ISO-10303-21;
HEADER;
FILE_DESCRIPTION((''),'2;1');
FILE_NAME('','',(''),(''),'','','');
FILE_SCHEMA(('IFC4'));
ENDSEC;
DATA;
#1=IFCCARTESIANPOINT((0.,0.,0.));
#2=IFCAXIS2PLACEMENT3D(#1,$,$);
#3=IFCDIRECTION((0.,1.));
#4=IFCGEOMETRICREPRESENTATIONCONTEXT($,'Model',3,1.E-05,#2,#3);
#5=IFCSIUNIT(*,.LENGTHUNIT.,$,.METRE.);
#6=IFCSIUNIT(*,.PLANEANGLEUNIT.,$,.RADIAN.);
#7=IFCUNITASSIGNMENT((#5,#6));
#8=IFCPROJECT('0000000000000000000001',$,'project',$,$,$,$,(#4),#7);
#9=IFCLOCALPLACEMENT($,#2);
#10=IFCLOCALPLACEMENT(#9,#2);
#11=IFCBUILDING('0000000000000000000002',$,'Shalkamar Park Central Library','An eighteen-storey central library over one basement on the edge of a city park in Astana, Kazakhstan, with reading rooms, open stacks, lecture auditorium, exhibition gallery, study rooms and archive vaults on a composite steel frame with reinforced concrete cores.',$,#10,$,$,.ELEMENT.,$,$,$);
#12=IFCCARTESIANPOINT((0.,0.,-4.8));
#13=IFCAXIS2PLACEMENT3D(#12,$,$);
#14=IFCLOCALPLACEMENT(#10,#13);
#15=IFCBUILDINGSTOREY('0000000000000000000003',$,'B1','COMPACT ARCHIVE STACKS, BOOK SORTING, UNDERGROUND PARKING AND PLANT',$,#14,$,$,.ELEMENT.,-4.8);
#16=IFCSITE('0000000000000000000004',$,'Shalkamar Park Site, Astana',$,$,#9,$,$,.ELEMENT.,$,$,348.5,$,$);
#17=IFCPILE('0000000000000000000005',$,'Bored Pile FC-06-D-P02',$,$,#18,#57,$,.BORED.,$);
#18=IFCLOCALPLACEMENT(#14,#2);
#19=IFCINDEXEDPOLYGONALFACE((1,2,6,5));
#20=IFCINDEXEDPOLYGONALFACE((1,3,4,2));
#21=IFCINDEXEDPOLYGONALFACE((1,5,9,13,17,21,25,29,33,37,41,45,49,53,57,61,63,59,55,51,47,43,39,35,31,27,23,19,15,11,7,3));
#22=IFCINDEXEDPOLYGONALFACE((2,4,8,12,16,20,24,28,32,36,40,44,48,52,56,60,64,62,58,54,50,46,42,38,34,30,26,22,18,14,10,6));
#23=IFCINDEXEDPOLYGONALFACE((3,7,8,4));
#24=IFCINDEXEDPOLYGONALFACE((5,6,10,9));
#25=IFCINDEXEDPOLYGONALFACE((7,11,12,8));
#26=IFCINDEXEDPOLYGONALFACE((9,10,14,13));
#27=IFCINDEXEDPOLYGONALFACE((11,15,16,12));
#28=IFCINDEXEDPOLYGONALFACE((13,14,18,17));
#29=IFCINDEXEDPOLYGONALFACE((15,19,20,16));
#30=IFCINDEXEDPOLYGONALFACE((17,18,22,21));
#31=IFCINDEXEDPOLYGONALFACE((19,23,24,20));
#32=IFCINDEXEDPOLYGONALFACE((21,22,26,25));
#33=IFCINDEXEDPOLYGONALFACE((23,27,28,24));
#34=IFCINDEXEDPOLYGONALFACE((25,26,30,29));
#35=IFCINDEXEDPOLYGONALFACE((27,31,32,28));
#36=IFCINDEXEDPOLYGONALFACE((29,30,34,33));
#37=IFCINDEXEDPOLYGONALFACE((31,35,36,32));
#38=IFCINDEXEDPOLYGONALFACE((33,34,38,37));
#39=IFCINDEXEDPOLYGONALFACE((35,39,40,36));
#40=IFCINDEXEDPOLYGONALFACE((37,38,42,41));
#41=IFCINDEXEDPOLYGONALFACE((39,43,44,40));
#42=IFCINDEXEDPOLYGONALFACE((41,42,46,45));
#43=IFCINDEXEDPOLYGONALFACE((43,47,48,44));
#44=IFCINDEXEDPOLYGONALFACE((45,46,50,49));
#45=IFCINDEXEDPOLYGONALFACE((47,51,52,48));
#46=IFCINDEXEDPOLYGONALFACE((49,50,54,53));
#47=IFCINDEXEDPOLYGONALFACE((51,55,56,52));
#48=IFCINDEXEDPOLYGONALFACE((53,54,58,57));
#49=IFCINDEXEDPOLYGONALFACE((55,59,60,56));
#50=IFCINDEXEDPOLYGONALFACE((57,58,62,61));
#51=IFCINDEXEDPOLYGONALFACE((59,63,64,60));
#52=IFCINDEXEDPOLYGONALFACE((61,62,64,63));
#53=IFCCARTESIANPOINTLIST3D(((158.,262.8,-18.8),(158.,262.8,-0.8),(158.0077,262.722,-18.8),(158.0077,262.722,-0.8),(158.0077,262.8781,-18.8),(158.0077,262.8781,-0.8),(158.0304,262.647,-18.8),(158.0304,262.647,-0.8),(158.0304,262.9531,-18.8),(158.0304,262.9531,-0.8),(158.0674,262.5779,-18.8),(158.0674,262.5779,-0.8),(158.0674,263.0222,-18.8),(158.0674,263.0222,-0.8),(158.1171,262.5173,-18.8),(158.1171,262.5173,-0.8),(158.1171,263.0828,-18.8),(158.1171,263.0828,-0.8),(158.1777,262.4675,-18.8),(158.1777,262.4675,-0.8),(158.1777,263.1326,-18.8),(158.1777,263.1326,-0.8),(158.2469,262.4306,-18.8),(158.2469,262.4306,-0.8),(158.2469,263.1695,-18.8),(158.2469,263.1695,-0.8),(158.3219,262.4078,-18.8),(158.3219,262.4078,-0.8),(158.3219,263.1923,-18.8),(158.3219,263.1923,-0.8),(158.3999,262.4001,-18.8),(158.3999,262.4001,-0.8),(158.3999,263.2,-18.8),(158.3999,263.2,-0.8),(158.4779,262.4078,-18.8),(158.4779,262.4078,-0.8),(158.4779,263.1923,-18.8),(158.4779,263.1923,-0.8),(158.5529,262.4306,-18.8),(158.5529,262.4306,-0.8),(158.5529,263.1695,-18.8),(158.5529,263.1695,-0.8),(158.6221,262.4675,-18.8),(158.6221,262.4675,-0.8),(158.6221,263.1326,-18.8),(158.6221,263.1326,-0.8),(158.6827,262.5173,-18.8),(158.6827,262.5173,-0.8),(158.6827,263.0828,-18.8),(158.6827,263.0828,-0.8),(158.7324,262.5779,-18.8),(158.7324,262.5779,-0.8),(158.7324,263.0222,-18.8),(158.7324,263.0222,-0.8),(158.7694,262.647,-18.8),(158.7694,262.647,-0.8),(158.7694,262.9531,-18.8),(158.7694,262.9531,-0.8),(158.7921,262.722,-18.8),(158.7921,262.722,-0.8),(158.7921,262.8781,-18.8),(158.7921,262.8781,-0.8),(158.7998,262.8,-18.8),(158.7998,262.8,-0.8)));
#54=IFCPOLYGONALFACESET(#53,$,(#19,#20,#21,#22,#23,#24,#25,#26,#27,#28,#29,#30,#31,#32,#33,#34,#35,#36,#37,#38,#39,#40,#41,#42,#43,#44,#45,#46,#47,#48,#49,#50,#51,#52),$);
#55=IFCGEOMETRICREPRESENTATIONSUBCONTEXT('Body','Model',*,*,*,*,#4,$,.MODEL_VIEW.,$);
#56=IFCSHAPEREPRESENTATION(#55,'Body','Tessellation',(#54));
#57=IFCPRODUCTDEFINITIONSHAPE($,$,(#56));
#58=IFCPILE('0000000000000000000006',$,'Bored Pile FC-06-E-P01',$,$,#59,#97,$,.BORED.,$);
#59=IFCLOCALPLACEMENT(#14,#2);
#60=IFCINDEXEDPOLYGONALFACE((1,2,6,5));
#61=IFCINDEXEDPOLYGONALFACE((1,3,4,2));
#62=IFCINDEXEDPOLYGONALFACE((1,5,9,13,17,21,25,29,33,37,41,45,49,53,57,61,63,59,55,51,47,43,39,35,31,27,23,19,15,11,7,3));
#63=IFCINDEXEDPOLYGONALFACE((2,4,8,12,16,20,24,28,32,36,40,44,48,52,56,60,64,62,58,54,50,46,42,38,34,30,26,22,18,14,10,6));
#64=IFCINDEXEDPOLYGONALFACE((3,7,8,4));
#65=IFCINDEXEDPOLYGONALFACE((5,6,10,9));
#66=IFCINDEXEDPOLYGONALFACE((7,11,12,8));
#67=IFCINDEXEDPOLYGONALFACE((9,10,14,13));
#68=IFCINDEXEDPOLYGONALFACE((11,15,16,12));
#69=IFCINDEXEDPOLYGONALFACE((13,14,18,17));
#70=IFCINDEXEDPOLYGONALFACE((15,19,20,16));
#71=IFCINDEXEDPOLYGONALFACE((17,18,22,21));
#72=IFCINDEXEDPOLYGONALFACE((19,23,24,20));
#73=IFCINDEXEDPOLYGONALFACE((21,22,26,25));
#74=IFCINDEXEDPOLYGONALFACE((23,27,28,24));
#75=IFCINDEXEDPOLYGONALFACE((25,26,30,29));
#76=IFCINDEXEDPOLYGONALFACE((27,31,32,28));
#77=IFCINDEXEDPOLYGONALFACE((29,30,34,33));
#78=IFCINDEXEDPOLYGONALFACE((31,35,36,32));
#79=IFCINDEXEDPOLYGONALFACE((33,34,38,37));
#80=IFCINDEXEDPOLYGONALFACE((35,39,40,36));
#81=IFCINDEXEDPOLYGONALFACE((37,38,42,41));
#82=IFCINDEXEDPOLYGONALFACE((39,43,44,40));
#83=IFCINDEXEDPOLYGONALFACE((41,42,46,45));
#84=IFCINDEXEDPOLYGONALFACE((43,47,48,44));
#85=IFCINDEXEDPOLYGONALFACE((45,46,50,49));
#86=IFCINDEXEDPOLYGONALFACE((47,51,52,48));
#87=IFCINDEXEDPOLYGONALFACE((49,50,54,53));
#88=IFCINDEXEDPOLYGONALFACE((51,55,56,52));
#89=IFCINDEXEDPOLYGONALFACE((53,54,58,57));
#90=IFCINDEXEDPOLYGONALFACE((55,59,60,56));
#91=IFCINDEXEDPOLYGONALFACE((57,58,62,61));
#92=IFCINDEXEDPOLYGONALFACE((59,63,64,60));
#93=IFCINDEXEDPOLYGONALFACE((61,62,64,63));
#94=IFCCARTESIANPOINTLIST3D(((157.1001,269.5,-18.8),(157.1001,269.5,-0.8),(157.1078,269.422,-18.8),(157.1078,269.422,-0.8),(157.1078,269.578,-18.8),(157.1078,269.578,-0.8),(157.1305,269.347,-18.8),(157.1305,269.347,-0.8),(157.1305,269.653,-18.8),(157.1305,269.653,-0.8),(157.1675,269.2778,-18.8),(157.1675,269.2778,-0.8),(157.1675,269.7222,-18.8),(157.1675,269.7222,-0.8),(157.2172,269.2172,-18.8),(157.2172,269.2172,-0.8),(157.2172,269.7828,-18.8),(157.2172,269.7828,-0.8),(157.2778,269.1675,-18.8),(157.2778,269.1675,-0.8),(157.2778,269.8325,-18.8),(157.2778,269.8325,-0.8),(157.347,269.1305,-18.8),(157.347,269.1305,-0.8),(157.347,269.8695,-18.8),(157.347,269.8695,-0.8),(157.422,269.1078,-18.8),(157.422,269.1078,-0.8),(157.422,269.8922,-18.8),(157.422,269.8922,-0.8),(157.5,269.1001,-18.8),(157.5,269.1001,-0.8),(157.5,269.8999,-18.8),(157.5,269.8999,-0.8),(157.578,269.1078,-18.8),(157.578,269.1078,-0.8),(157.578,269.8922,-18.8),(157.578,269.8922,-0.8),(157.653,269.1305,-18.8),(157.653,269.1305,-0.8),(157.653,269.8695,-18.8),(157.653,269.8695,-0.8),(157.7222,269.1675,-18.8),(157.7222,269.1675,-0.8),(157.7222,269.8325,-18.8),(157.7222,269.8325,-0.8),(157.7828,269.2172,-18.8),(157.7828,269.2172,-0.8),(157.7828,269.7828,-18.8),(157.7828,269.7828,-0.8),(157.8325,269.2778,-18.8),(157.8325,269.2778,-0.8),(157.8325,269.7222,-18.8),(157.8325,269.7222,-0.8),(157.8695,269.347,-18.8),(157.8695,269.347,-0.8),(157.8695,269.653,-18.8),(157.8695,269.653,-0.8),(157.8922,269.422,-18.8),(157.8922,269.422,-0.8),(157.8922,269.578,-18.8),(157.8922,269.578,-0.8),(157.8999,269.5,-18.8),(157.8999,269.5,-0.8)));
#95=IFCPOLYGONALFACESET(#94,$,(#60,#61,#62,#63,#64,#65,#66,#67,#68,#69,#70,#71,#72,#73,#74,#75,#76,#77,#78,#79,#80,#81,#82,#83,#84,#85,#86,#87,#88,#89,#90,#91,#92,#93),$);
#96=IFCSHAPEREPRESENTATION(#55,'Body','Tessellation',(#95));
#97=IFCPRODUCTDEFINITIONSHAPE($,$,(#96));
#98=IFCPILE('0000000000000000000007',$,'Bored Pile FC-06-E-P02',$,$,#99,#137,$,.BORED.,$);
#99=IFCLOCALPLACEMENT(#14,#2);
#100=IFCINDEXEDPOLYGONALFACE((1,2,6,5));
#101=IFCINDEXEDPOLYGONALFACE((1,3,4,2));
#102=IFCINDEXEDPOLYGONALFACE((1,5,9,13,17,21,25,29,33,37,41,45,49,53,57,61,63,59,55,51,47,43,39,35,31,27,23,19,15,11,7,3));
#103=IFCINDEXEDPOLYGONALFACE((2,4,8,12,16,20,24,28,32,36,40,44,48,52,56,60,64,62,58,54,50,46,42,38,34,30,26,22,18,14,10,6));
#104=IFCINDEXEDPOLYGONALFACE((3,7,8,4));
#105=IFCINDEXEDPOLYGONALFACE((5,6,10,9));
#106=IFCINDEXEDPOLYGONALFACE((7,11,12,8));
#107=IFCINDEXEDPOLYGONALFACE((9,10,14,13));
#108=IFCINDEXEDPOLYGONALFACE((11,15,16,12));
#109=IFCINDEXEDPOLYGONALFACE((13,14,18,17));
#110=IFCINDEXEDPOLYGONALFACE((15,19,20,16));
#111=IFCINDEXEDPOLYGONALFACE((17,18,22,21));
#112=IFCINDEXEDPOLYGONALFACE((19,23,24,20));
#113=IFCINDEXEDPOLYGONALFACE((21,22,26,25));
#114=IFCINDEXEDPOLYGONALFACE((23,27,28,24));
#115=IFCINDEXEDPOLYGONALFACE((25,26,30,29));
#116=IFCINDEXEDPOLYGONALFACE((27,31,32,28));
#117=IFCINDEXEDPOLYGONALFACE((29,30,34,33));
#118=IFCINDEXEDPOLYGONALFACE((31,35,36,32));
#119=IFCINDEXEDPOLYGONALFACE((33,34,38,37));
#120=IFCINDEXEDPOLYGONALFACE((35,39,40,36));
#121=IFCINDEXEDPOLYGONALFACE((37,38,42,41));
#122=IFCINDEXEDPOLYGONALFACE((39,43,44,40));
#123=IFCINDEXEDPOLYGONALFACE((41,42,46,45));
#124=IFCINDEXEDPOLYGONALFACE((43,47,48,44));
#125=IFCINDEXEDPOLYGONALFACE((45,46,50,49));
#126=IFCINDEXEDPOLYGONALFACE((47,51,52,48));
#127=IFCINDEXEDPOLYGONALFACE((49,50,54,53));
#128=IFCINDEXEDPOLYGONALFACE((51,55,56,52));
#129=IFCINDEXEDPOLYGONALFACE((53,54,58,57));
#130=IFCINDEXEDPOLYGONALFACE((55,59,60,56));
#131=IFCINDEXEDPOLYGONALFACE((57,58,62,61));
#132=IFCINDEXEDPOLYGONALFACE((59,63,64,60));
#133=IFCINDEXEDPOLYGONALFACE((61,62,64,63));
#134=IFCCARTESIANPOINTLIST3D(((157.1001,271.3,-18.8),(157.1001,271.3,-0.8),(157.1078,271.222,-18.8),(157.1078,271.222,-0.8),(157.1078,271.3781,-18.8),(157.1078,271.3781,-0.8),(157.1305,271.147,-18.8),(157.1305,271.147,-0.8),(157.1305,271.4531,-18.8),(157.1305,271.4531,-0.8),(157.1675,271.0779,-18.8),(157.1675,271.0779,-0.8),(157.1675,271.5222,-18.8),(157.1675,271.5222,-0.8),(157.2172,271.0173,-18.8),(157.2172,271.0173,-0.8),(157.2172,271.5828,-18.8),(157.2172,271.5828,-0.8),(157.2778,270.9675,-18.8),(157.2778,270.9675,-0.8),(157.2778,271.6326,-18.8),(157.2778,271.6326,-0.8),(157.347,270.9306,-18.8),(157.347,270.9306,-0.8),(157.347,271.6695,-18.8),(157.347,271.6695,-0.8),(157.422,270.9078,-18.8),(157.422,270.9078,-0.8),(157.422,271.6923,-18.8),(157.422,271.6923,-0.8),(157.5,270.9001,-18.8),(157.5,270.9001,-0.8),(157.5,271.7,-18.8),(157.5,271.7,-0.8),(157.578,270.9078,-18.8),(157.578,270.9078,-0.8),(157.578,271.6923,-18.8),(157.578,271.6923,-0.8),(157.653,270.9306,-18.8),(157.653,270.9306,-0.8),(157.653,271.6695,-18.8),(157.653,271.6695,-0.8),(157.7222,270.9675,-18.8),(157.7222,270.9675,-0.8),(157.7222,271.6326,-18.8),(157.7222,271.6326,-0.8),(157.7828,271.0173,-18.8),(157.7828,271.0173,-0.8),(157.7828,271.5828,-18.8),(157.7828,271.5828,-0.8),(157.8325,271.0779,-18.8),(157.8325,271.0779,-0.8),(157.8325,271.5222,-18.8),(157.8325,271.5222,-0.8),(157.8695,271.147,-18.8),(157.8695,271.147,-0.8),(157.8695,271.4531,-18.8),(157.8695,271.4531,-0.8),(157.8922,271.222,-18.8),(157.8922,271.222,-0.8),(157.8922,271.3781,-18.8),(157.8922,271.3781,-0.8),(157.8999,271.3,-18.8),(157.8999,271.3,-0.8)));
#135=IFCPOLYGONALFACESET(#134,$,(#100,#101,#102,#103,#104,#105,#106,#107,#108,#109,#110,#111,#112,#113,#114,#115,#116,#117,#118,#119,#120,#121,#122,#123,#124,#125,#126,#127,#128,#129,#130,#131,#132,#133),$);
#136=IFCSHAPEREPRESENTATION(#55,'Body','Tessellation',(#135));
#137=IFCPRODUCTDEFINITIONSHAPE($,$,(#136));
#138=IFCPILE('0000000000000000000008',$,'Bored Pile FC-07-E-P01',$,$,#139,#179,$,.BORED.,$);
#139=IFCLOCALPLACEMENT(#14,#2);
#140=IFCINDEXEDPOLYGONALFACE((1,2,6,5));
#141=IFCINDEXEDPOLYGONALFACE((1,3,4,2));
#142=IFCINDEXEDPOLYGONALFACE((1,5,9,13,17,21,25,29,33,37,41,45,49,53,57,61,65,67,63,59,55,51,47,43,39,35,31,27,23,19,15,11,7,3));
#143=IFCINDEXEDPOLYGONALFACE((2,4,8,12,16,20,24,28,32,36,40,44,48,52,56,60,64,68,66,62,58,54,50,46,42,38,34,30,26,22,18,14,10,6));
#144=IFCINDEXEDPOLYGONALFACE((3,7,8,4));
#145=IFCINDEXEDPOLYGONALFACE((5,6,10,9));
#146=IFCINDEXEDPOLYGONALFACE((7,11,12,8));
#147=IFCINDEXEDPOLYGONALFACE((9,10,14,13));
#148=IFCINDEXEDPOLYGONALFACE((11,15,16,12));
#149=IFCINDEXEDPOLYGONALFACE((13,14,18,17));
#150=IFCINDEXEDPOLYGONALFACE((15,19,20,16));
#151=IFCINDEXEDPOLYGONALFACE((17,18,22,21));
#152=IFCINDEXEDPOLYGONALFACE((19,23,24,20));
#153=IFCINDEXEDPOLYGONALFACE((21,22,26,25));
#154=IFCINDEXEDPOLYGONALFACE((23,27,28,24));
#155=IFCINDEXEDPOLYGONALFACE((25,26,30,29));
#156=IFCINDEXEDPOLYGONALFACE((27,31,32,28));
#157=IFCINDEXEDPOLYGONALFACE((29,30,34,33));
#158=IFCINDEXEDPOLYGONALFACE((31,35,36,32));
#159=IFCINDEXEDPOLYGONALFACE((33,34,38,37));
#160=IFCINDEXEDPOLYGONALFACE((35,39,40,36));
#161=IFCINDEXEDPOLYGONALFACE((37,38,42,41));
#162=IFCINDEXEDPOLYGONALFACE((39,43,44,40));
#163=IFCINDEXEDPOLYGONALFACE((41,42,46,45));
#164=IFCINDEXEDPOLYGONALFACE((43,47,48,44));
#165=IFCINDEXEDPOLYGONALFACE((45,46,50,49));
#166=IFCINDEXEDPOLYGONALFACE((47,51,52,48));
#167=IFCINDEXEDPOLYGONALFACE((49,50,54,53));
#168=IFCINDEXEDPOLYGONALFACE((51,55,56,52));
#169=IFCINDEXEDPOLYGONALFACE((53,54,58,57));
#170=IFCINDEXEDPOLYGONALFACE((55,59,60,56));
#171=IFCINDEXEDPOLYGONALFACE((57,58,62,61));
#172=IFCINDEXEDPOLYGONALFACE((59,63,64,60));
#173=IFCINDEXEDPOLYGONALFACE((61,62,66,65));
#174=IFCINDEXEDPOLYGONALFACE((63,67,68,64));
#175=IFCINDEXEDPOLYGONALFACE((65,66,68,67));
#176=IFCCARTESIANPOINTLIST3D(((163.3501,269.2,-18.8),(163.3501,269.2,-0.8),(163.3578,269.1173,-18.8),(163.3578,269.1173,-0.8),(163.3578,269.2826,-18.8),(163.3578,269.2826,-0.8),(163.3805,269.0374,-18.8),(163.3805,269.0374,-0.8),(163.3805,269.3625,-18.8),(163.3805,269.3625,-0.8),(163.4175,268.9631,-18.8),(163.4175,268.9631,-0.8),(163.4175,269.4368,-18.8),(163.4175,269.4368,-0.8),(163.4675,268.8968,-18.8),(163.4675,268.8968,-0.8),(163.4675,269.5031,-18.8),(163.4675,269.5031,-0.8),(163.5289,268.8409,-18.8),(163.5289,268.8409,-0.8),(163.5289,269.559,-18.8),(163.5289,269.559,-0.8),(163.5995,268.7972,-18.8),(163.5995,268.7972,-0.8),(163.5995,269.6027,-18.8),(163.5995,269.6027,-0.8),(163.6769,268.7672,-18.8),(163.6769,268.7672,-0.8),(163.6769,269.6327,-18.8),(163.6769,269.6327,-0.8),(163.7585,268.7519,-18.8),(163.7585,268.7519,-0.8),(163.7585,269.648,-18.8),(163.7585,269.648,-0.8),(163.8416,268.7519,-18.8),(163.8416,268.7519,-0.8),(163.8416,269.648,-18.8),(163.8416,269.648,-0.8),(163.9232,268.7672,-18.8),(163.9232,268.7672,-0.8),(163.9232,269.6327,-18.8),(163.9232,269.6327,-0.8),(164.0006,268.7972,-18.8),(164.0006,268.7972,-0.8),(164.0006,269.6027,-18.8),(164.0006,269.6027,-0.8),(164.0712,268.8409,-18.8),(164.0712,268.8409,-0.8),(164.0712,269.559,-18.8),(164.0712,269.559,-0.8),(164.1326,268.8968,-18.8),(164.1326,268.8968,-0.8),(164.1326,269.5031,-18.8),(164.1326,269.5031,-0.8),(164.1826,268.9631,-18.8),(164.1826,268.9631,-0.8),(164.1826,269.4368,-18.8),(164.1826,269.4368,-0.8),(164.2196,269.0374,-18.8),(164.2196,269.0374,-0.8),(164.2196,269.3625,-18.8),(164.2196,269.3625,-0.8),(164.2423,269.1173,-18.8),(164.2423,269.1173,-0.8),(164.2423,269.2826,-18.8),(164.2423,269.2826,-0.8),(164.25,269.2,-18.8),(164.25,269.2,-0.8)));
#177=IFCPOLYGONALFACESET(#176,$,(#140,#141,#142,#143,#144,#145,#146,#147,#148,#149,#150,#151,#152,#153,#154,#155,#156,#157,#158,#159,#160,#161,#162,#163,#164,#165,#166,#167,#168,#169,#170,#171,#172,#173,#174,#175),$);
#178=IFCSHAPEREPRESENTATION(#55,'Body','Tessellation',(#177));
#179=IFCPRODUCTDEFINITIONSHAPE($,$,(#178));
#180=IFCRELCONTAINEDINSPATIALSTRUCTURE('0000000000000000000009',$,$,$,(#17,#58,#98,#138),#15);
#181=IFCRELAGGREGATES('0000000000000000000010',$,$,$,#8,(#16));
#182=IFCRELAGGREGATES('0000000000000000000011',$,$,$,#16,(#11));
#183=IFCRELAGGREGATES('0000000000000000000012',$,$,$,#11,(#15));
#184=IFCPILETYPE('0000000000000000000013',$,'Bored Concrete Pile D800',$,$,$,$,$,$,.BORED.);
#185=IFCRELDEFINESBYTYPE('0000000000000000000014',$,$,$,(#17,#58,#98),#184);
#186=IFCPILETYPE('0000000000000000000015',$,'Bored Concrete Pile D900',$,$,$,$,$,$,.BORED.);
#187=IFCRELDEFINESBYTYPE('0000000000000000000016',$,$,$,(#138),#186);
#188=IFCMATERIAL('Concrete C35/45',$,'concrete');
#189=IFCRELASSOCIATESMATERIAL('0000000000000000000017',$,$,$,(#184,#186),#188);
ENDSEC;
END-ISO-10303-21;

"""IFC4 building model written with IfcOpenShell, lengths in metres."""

from ifc_helpers import new_model, si_unit, direction, frame, origin, origin_2d, place, context, subcontext, project, spatial, circle, extrude, material, material_profile, profile_set, type_object, element, save


model = new_model("IFC4")

# Units and contexts
model_context = context("Model", 3, precision=1e-05, world=origin(), true_north=direction((0.0, 1.0)))
body_context = subcontext(model_context, "Body", "Model", "MODEL_VIEW")
ifc_project = project(units=[si_unit("LENGTHUNIT", "METRE"), si_unit("PLANEANGLEUNIT", "RADIAN")], contexts=[model_context])

# Site, building, storey
site_placement = place(None, origin())
site = spatial("IfcSite", under=ifc_project, at=site_placement, Name="Shalkamar Park Site, Astana", CompositionType="ELEMENT", RefElevation=348.5)
building_placement = place(site_placement, origin())
building = spatial("IfcBuilding", under=site, at=building_placement, Name="Shalkamar Park Central Library", Description="An eighteen-storey central library over one basement on the edge of a city park in Astana, Kazakhstan, with reading rooms, open stacks, lecture auditorium, exhibition gallery, study rooms and archive vaults on a composite steel frame with reinforced concrete cores.", CompositionType="ELEMENT")
storey_placement = place(building_placement, frame((0.0, 0.0, -4.8)))
storey = spatial("IfcBuildingStorey", under=building, at=storey_placement, Name="B1", Description="COMPACT ARCHIVE STACKS, BOOK SORTING, UNDERGROUND PARKING AND PLANT", CompositionType="ELEMENT", Elevation=-4.8)

# Piles
ifc_material_1 = material(Name="Concrete C35/45", Category="concrete")
ifc_material_profile_1 = material_profile(ifc_material_1, circle(Radius=0.3999, at=origin_2d()), Name="PILE D800")
ifc_profile_set_1 = profile_set([ifc_material_profile_1], Name="Concrete C35/45")
pile_type_1 = type_object("IfcPileType", Name="Bored Concrete Pile D800", PredefinedType="BORED", material=ifc_profile_set_1)
for number, where, z_axis, x_axis, name in (
    (1, (158.3999, 262.8, -0.8), (0.0, 0.0, -1.0), (1.0, 0.0, 0.0), "Bored Pile FC-06-D-P02"),
    (2, (157.5, 269.5, -0.8), (0.0, 0.0, -1.0), (1.0, 0.0, 0.0), "Bored Pile FC-06-E-P01"),
    (3, (157.5, 271.3, -0.8), (0.0, 0.0, -1.0), (1.0, 0.0, 0.0), "Bored Pile FC-06-E-P02"),
):
    element("IfcPile", number, at=place(storey_placement, frame(where, z_axis=z_axis, x_axis=x_axis)), inside=storey, type_object=pile_type_1, Name=name, PredefinedType="BORED", context=body_context, shape_type="SweptSolid", body=[
        extrude(circle(Radius=0.3999, at=origin_2d()), origin(), (0.0, 0.0, 1.0), 18.0),
    ])
ifc_material_profile_2 = material_profile(ifc_material_1, circle(Radius=0.45, at=origin_2d()), Name="PILE D900")
ifc_profile_set_2 = profile_set([ifc_material_profile_2], Name="Concrete C35/45")
pile_type_2 = type_object("IfcPileType", Name="Bored Concrete Pile D900", PredefinedType="BORED", material=ifc_profile_set_2)
for number, where, z_axis, x_axis, name in (
    (4, (163.8, 269.2, -0.8), (0.0, 0.0, -1.0), (1.0, 0.0, 0.0), "Bored Pile FC-07-E-P01"),
):
    element("IfcPile", number, at=place(storey_placement, frame(where, z_axis=z_axis, x_axis=x_axis)), inside=storey, type_object=pile_type_2, Name=name, PredefinedType="BORED", context=body_context, shape_type="SweptSolid", body=[
        extrude(circle(Radius=0.45, at=origin_2d()), origin(), (0.0, 0.0, 1.0), 18.0),
    ])

save(model, "model.ifc")
